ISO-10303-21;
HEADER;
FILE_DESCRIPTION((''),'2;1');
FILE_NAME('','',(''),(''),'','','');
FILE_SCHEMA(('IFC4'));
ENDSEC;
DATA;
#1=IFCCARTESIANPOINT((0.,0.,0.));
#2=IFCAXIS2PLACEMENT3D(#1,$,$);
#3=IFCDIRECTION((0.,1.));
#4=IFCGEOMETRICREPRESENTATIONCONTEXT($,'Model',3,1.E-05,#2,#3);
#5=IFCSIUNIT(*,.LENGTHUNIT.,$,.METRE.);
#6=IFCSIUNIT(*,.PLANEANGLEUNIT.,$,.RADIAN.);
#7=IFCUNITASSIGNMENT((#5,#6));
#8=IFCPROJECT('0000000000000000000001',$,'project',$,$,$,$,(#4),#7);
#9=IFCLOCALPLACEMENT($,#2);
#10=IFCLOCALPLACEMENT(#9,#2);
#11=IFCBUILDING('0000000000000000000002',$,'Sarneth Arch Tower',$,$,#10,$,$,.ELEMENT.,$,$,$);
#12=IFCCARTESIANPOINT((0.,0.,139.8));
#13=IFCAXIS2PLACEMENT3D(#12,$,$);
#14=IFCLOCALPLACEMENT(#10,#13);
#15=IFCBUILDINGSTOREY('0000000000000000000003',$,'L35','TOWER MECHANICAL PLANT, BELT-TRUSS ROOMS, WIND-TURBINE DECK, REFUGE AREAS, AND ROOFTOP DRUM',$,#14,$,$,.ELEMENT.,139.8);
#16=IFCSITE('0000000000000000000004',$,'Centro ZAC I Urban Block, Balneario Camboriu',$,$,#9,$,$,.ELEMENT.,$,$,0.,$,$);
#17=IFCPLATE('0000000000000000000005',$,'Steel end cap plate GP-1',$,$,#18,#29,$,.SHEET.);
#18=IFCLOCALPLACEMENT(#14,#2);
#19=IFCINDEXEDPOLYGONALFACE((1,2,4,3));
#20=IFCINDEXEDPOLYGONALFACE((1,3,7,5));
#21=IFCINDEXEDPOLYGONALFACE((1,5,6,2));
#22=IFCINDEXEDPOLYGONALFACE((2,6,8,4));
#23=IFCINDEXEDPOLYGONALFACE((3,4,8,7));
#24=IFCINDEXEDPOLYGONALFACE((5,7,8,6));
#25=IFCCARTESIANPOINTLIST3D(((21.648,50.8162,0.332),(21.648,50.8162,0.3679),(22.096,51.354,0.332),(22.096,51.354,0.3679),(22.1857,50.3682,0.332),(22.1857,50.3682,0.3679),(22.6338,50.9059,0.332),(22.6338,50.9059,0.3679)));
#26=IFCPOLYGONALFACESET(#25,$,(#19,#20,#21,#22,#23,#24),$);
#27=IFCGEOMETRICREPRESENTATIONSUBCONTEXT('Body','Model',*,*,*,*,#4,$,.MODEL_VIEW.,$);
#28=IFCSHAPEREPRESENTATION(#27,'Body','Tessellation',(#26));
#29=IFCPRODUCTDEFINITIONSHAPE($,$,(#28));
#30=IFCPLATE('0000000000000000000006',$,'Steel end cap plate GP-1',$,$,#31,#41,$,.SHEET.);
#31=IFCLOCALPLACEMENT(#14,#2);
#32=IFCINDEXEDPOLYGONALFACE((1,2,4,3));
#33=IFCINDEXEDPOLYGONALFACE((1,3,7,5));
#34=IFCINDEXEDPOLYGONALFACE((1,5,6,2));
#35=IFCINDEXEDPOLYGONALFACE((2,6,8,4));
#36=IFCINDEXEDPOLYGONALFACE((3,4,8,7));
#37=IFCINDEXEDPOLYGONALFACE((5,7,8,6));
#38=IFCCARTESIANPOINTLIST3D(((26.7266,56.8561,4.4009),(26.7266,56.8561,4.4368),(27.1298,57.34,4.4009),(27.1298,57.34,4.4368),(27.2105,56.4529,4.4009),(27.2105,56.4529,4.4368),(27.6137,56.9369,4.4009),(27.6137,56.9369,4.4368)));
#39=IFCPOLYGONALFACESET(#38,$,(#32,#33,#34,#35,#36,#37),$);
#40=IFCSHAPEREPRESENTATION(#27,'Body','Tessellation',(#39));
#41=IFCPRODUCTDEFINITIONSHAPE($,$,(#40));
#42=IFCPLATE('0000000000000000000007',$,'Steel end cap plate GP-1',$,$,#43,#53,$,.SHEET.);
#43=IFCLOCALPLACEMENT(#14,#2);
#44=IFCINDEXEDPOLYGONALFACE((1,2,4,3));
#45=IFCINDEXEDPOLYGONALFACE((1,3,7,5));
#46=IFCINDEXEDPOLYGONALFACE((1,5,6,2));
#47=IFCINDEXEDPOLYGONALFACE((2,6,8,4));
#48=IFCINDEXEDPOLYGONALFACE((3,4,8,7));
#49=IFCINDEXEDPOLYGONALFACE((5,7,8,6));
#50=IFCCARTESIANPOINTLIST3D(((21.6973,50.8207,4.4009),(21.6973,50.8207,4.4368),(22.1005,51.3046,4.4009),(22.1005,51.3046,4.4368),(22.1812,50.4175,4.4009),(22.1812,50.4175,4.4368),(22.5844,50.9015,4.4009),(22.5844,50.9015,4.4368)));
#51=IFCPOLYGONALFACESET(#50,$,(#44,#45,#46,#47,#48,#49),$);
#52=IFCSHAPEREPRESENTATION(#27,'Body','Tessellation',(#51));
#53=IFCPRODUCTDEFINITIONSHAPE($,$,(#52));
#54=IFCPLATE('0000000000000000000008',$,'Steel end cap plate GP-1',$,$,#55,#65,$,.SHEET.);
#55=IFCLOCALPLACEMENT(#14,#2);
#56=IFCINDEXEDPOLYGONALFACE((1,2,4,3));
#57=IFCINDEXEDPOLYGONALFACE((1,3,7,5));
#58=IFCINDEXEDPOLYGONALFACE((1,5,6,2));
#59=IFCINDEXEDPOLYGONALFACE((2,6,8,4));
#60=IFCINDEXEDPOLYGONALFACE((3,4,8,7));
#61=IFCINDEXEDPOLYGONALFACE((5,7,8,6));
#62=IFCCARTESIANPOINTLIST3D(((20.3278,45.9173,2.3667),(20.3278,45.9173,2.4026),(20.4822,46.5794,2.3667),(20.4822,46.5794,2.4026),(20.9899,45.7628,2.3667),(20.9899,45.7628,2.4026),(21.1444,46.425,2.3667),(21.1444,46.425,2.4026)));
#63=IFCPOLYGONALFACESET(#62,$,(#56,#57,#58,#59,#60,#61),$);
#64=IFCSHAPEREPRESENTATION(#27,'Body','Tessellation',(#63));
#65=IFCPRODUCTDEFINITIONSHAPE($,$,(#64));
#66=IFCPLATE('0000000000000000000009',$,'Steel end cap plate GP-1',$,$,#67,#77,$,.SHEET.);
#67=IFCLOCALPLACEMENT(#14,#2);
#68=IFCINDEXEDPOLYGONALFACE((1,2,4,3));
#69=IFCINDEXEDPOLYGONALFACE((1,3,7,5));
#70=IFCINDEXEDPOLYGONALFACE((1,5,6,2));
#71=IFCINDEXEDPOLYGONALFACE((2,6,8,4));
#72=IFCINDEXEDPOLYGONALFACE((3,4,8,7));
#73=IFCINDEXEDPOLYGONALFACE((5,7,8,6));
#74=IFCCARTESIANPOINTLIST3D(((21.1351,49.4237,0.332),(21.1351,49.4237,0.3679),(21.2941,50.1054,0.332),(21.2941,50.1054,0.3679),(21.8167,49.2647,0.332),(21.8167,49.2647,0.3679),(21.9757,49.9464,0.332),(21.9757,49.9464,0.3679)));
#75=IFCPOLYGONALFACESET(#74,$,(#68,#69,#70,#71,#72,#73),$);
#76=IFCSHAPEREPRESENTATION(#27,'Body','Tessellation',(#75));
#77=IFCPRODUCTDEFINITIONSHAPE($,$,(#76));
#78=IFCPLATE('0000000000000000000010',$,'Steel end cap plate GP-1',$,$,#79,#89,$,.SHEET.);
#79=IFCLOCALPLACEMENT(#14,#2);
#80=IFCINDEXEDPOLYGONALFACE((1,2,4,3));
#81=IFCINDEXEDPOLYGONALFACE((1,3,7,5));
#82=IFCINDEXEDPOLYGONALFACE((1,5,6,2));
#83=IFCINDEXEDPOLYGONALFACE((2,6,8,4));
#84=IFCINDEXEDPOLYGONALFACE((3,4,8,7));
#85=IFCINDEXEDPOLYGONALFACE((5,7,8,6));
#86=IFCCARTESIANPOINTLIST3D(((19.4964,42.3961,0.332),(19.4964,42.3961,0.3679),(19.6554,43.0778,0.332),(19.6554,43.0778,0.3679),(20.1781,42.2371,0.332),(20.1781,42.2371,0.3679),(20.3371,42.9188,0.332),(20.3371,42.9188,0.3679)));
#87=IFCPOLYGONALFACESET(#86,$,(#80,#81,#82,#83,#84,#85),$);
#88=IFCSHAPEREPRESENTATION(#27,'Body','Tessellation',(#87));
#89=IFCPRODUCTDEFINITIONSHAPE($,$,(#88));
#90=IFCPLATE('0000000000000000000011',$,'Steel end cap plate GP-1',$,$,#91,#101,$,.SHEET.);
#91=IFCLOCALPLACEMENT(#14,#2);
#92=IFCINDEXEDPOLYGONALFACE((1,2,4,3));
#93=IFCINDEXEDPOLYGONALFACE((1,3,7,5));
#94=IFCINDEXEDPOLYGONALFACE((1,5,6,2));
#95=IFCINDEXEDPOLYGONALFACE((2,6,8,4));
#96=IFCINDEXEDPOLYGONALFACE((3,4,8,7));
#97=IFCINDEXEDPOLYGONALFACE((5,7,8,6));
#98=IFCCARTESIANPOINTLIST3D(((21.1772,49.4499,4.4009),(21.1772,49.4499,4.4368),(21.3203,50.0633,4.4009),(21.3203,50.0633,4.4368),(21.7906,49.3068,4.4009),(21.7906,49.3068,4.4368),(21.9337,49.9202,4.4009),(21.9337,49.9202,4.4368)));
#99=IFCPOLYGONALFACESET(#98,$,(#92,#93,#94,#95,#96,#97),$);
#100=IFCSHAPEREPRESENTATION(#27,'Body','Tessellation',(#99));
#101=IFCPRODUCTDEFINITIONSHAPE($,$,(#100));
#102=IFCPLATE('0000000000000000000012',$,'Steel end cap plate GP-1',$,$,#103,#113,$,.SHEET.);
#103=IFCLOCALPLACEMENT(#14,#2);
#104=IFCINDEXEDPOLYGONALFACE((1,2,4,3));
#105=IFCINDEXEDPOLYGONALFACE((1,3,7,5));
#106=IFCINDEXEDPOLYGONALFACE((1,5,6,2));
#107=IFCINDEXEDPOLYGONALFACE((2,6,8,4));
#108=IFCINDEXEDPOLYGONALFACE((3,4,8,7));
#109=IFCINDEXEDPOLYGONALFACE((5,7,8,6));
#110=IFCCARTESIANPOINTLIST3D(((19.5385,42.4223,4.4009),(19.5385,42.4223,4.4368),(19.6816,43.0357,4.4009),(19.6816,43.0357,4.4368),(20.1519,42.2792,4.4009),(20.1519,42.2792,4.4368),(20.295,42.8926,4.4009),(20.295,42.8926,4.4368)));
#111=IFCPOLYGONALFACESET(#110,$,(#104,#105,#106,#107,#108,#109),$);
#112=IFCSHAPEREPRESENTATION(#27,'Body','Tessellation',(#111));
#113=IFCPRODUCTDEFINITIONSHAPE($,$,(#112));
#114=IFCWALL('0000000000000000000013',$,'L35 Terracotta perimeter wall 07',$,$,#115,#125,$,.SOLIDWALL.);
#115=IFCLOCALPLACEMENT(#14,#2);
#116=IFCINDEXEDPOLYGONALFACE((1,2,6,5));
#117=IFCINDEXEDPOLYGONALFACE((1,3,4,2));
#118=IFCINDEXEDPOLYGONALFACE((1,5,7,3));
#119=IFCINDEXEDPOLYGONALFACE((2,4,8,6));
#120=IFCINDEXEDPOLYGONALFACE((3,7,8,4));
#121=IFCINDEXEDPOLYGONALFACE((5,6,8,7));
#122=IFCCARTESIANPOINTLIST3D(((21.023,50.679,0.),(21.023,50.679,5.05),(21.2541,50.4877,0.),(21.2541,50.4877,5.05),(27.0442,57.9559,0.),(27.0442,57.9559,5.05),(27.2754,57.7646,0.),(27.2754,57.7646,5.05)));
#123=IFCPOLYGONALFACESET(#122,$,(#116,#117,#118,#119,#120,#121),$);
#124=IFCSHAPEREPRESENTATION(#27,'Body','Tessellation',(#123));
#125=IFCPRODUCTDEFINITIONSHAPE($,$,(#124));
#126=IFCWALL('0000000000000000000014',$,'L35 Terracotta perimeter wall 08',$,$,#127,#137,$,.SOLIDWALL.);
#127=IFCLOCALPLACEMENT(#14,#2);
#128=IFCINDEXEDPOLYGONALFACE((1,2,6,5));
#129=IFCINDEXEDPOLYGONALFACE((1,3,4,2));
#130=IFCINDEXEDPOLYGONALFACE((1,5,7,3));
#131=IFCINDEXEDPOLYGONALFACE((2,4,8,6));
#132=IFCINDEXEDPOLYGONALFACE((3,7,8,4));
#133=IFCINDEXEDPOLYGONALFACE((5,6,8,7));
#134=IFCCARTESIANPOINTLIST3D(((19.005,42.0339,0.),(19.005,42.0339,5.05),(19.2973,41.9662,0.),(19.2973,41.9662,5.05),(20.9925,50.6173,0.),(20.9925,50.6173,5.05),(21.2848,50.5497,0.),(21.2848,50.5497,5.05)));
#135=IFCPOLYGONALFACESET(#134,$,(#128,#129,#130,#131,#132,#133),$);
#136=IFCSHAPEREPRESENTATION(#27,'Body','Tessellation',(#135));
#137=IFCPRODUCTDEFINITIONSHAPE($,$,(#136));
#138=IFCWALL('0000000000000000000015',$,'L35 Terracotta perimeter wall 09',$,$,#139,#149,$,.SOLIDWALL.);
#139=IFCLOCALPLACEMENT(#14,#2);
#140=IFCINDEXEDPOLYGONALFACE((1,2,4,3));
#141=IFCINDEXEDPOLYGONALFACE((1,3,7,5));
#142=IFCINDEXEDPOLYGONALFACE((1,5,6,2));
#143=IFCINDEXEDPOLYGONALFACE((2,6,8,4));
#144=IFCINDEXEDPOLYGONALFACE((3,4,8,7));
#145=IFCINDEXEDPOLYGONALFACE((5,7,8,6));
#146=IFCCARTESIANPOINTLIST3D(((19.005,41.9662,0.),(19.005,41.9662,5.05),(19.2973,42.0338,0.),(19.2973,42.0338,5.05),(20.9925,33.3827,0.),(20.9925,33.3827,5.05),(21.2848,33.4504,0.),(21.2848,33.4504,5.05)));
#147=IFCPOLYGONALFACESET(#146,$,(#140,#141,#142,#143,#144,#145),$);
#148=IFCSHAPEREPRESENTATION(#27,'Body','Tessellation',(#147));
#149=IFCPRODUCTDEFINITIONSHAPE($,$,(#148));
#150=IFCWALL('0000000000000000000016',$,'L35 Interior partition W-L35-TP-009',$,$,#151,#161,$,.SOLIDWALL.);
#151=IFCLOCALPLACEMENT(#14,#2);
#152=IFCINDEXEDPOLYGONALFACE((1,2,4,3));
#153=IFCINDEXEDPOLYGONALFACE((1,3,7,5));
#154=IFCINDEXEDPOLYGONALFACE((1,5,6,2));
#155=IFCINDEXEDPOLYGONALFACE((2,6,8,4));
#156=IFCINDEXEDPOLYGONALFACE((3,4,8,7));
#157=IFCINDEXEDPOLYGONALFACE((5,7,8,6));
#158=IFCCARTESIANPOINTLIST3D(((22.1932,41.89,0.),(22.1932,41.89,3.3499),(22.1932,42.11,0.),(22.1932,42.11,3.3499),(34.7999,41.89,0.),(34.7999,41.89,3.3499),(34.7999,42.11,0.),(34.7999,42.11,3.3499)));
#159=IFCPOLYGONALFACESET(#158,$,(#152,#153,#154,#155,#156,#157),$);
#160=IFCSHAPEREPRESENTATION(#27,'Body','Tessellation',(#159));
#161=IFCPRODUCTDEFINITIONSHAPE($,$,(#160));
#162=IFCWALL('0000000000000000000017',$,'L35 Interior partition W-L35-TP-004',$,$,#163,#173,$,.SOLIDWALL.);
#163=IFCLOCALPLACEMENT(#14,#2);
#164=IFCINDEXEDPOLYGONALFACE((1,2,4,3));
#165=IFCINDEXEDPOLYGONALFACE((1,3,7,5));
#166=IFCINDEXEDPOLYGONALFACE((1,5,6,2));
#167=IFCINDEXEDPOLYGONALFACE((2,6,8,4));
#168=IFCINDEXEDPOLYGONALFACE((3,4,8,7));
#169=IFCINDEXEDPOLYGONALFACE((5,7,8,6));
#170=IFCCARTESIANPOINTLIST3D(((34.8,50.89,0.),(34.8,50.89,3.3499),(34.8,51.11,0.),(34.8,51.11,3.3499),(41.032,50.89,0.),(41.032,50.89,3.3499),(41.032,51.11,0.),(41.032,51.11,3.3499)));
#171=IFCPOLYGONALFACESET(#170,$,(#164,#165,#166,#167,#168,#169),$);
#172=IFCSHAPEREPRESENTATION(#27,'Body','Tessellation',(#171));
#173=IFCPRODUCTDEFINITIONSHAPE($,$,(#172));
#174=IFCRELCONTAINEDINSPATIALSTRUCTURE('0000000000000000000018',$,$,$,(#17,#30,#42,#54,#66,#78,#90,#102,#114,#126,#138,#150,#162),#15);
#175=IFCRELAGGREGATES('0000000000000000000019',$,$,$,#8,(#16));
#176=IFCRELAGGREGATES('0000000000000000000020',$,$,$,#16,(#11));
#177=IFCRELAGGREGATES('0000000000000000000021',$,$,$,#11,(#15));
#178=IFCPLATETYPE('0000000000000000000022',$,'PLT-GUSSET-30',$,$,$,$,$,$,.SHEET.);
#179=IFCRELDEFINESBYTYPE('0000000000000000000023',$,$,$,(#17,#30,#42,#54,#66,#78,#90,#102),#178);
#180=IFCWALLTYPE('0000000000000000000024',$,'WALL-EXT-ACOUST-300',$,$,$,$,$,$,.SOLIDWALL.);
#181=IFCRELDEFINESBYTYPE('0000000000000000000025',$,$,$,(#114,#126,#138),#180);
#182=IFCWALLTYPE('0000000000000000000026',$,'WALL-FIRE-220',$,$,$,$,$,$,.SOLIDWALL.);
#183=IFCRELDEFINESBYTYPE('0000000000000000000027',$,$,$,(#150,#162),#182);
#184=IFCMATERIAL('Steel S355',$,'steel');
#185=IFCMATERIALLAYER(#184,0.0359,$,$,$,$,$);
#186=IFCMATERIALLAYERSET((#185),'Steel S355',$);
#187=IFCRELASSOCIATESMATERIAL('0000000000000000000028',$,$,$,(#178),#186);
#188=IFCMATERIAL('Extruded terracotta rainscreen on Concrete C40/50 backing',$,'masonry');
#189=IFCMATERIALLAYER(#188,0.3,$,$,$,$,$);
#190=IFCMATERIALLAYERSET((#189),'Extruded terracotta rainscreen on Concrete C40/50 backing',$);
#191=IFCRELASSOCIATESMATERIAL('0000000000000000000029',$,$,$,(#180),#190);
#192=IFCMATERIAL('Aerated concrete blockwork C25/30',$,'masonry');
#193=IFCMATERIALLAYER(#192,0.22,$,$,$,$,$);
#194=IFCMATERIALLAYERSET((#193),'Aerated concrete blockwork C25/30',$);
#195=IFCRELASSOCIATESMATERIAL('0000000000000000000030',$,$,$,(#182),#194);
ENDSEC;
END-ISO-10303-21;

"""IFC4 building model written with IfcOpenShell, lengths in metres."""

from ifc_helpers import new_model, si_unit, direction, frame, frame_2d, origin, origin_2d, place, context, subcontext, project, spatial, rectangle, extrude, material, layer, layer_set, type_object, element, save


model = new_model("IFC4")

# Units and contexts
model_context = context("Model", 3, precision=1e-05, world=origin(), true_north=direction((0.0, 1.0)))
body_context = subcontext(model_context, "Body", "Model", "MODEL_VIEW")
ifc_project = project(units=[si_unit("LENGTHUNIT", "METRE"), si_unit("PLANEANGLEUNIT", "RADIAN")], contexts=[model_context])

# Site, building, storey
site_placement = place(None, origin())
site = spatial("IfcSite", under=ifc_project, at=site_placement, Name="Centro ZAC I Urban Block, Balneario Camboriu", CompositionType="ELEMENT", RefElevation=0.0)
building_placement = place(site_placement, origin())
building = spatial("IfcBuilding", under=site, at=building_placement, Name="Sarneth Arch Tower", CompositionType="ELEMENT")
storey_placement = place(building_placement, frame((0.0, 0.0, 139.8)))
storey = spatial("IfcBuildingStorey", under=building, at=storey_placement, Name="L35", Description="TOWER MECHANICAL PLANT, BELT-TRUSS ROOMS, WIND-TURBINE DECK, REFUGE AREAS, AND ROOFTOP DRUM", CompositionType="ELEMENT", Elevation=139.8)

# Plates
ifc_material_1 = material(Name="Steel S355", Category="steel")
ifc_layer_1 = layer(ifc_material_1, 0.0359)
ifc_layer_set_1 = layer_set([ifc_layer_1], Name="Steel S355")
plate_type = type_object("IfcPlateType", Name="PLT-GUSSET-30", PredefinedType="SHEET", material=ifc_layer_set_1)
for number, where, z_axis, x_axis, name in (
    (1, (22.1409, 50.8611, 0.332), (0.0, 0.0, 1.0), (-0.64011, -0.768284, 0.0), "Steel end cap plate GP-1"),
):
    element("IfcPlate", number, at=place(storey_placement, frame(where, z_axis=z_axis, x_axis=x_axis)), inside=storey, type_object=plate_type, Name=name, PredefinedType="SHEET", context=body_context, shape_type="SweptSolid", body=[
        extrude(rectangle(XDim=0.7, YDim=0.7, at=origin_2d()), origin(), (0.0, 0.0, 1.0), 0.0359),
    ])
for number, where, z_axis, x_axis, name in (
    (2, (27.1702, 56.8965, 4.4009), (0.0, 0.0, 1.0), (0.64011, 0.768284, 0.0), "Steel end cap plate GP-1"),
    (3, (22.1409, 50.8611, 4.4009), (0.0, 0.0, 1.0), (-0.64011, -0.768284, 0.0), "Steel end cap plate GP-1"),
):
    element("IfcPlate", number, at=place(storey_placement, frame(where, z_axis=z_axis, x_axis=x_axis)), inside=storey, type_object=plate_type, Name=name, PredefinedType="SHEET", context=body_context, shape_type="SweptSolid", body=[
        extrude(rectangle(XDim=0.6299, YDim=0.6299, at=origin_2d()), origin(), (0.0, 0.0, 1.0), 0.0359),
    ])
plate_1_placement = place(storey_placement, frame((20.7361, 46.1711, 2.3667), z_axis=(0.0, 0.0, 1.0), x_axis=(-0.227161, -0.973857, 0.0)))
element("IfcPlate", 4, at=plate_1_placement, inside=storey, type_object=plate_type, Name="Steel end cap plate GP-1", PredefinedType="SHEET", context=body_context, shape_type="SweptSolid", body=[
    extrude(rectangle(XDim=0.6799, YDim=0.6799, at=origin_2d()), origin(), (0.0, 0.0, 1.0), 0.0359),
])
for number, where, z_axis, x_axis, name in (
    (5, (21.5554, 49.6851, 0.332), (0.0, 0.0, 1.0), (0.227161, 0.973857, 0.0), "Steel end cap plate GP-1"),
    (6, (19.9167, 42.6575, 0.332), (0.0, 0.0, 1.0), (-0.227161, -0.973857, 0.0), "Steel end cap plate GP-1"),
):
    element("IfcPlate", number, at=place(storey_placement, frame(where, z_axis=z_axis, x_axis=x_axis)), inside=storey, type_object=plate_type, Name=name, PredefinedType="SHEET", context=body_context, shape_type="SweptSolid", body=[
        extrude(rectangle(XDim=0.7, YDim=0.7, at=origin_2d()), origin(), (0.0, 0.0, 1.0), 0.0359),
    ])
for number, where, z_axis, x_axis, name in (
    (7, (21.5554, 49.6851, 4.4009), (0.0, 0.0, 1.0), (0.227161, 0.973857, 0.0), "Steel end cap plate GP-1"),
    (8, (19.9167, 42.6575, 4.4009), (0.0, 0.0, 1.0), (-0.227161, -0.973857, 0.0), "Steel end cap plate GP-1"),
):
    element("IfcPlate", number, at=place(storey_placement, frame(where, z_axis=z_axis, x_axis=x_axis)), inside=storey, type_object=plate_type, Name=name, PredefinedType="SHEET", context=body_context, shape_type="SweptSolid", body=[
        extrude(rectangle(XDim=0.6299, YDim=0.6299, at=origin_2d()), origin(), (0.0, 0.0, 1.0), 0.0359),
    ])

# Walls
ifc_material_2 = material(Name="Extruded terracotta rainscreen on Concrete C40/50 backing", Category="masonry")
ifc_layer_2 = layer(ifc_material_2, 0.3)
ifc_layer_set_2 = layer_set([ifc_layer_2], Name="Extruded terracotta rainscreen on Concrete C40/50 backing")
wall_type_1 = type_object("IfcWallType", Name="WALL-EXT-ACOUST-300", PredefinedType="SOLIDWALL", material=ifc_layer_set_2)
wall_1_placement = place(storey_placement, frame((27.1599, 57.8604, 0.0), z_axis=(0.0, 0.0, 1.0), x_axis=(-0.637506, -0.770446, 0.0)))
element("IfcWall", 9, at=wall_1_placement, inside=storey, type_object=wall_type_1, Name="L35 Terracotta perimeter wall 07", PredefinedType="SOLIDWALL", context=body_context, shape_type="SweptSolid", body=[
    extrude(rectangle(XDim=9.4451, YDim=0.3, at=frame_2d((4.7227, 0.0))), origin(), (0.0, 0.0, 1.0), 5.05),
])
for number, where, z_axis, x_axis, name in (
    (10, (21.1387, 50.5835, 0.0), (0.0, 0.0, 1.0), (-0.225586, -0.974223, 0.0), "L35 Terracotta perimeter wall 08"),
    (11, (19.1511, 42.0, 0.0), (0.0, 0.0, 1.0), (0.225586, -0.974223, 0.0), "L35 Terracotta perimeter wall 09"),
):
    element("IfcWall", number, at=place(storey_placement, frame(where, z_axis=z_axis, x_axis=x_axis)), inside=storey, type_object=wall_type_1, Name=name, PredefinedType="SOLIDWALL", context=body_context, shape_type="SweptSolid", body=[
        extrude(rectangle(XDim=8.8105, YDim=0.3, at=frame_2d((4.4053, 0.0))), origin(), (0.0, 0.0, 1.0), 5.05),
    ])
ifc_material_3 = material(Name="Aerated concrete blockwork C25/30", Category="masonry")
ifc_layer_3 = layer(ifc_material_3, 0.22)
ifc_layer_set_3 = layer_set([ifc_layer_3], Name="Aerated concrete blockwork C25/30")
wall_type_2 = type_object("IfcWallType", Name="WALL-FIRE-220", PredefinedType="SOLIDWALL", material=ifc_layer_set_3)
wall_2_placement = place(storey_placement, frame((22.1934, 42.0, 0.0), z_axis=(0.0, 0.0, 1.0), x_axis=(1.0, 0.0, 0.0)))
element("IfcWall", 12, at=wall_2_placement, inside=storey, type_object=wall_type_2, Name="L35 Interior partition W-L35-TP-009", PredefinedType="SOLIDWALL", context=body_context, shape_type="SweptSolid", body=[
    extrude(rectangle(XDim=12.6067, YDim=0.22, at=frame_2d((6.3032, 0.0))), origin(), (0.0, 0.0, 1.0), 3.3499),
])
wall_3_placement = place(storey_placement, frame((34.8, 51.0, 0.0), z_axis=(0.0, 0.0, 1.0), x_axis=(1.0, 0.0, 0.0)))
element("IfcWall", 13, at=wall_3_placement, inside=storey, type_object=wall_type_2, Name="L35 Interior partition W-L35-TP-004", PredefinedType="SOLIDWALL", context=body_context, shape_type="SweptSolid", body=[
    extrude(rectangle(XDim=6.2319, YDim=0.22, at=frame_2d((3.116, 0.0))), origin(), (0.0, 0.0, 1.0), 3.3499),
])

save(model, "model.ifc")
